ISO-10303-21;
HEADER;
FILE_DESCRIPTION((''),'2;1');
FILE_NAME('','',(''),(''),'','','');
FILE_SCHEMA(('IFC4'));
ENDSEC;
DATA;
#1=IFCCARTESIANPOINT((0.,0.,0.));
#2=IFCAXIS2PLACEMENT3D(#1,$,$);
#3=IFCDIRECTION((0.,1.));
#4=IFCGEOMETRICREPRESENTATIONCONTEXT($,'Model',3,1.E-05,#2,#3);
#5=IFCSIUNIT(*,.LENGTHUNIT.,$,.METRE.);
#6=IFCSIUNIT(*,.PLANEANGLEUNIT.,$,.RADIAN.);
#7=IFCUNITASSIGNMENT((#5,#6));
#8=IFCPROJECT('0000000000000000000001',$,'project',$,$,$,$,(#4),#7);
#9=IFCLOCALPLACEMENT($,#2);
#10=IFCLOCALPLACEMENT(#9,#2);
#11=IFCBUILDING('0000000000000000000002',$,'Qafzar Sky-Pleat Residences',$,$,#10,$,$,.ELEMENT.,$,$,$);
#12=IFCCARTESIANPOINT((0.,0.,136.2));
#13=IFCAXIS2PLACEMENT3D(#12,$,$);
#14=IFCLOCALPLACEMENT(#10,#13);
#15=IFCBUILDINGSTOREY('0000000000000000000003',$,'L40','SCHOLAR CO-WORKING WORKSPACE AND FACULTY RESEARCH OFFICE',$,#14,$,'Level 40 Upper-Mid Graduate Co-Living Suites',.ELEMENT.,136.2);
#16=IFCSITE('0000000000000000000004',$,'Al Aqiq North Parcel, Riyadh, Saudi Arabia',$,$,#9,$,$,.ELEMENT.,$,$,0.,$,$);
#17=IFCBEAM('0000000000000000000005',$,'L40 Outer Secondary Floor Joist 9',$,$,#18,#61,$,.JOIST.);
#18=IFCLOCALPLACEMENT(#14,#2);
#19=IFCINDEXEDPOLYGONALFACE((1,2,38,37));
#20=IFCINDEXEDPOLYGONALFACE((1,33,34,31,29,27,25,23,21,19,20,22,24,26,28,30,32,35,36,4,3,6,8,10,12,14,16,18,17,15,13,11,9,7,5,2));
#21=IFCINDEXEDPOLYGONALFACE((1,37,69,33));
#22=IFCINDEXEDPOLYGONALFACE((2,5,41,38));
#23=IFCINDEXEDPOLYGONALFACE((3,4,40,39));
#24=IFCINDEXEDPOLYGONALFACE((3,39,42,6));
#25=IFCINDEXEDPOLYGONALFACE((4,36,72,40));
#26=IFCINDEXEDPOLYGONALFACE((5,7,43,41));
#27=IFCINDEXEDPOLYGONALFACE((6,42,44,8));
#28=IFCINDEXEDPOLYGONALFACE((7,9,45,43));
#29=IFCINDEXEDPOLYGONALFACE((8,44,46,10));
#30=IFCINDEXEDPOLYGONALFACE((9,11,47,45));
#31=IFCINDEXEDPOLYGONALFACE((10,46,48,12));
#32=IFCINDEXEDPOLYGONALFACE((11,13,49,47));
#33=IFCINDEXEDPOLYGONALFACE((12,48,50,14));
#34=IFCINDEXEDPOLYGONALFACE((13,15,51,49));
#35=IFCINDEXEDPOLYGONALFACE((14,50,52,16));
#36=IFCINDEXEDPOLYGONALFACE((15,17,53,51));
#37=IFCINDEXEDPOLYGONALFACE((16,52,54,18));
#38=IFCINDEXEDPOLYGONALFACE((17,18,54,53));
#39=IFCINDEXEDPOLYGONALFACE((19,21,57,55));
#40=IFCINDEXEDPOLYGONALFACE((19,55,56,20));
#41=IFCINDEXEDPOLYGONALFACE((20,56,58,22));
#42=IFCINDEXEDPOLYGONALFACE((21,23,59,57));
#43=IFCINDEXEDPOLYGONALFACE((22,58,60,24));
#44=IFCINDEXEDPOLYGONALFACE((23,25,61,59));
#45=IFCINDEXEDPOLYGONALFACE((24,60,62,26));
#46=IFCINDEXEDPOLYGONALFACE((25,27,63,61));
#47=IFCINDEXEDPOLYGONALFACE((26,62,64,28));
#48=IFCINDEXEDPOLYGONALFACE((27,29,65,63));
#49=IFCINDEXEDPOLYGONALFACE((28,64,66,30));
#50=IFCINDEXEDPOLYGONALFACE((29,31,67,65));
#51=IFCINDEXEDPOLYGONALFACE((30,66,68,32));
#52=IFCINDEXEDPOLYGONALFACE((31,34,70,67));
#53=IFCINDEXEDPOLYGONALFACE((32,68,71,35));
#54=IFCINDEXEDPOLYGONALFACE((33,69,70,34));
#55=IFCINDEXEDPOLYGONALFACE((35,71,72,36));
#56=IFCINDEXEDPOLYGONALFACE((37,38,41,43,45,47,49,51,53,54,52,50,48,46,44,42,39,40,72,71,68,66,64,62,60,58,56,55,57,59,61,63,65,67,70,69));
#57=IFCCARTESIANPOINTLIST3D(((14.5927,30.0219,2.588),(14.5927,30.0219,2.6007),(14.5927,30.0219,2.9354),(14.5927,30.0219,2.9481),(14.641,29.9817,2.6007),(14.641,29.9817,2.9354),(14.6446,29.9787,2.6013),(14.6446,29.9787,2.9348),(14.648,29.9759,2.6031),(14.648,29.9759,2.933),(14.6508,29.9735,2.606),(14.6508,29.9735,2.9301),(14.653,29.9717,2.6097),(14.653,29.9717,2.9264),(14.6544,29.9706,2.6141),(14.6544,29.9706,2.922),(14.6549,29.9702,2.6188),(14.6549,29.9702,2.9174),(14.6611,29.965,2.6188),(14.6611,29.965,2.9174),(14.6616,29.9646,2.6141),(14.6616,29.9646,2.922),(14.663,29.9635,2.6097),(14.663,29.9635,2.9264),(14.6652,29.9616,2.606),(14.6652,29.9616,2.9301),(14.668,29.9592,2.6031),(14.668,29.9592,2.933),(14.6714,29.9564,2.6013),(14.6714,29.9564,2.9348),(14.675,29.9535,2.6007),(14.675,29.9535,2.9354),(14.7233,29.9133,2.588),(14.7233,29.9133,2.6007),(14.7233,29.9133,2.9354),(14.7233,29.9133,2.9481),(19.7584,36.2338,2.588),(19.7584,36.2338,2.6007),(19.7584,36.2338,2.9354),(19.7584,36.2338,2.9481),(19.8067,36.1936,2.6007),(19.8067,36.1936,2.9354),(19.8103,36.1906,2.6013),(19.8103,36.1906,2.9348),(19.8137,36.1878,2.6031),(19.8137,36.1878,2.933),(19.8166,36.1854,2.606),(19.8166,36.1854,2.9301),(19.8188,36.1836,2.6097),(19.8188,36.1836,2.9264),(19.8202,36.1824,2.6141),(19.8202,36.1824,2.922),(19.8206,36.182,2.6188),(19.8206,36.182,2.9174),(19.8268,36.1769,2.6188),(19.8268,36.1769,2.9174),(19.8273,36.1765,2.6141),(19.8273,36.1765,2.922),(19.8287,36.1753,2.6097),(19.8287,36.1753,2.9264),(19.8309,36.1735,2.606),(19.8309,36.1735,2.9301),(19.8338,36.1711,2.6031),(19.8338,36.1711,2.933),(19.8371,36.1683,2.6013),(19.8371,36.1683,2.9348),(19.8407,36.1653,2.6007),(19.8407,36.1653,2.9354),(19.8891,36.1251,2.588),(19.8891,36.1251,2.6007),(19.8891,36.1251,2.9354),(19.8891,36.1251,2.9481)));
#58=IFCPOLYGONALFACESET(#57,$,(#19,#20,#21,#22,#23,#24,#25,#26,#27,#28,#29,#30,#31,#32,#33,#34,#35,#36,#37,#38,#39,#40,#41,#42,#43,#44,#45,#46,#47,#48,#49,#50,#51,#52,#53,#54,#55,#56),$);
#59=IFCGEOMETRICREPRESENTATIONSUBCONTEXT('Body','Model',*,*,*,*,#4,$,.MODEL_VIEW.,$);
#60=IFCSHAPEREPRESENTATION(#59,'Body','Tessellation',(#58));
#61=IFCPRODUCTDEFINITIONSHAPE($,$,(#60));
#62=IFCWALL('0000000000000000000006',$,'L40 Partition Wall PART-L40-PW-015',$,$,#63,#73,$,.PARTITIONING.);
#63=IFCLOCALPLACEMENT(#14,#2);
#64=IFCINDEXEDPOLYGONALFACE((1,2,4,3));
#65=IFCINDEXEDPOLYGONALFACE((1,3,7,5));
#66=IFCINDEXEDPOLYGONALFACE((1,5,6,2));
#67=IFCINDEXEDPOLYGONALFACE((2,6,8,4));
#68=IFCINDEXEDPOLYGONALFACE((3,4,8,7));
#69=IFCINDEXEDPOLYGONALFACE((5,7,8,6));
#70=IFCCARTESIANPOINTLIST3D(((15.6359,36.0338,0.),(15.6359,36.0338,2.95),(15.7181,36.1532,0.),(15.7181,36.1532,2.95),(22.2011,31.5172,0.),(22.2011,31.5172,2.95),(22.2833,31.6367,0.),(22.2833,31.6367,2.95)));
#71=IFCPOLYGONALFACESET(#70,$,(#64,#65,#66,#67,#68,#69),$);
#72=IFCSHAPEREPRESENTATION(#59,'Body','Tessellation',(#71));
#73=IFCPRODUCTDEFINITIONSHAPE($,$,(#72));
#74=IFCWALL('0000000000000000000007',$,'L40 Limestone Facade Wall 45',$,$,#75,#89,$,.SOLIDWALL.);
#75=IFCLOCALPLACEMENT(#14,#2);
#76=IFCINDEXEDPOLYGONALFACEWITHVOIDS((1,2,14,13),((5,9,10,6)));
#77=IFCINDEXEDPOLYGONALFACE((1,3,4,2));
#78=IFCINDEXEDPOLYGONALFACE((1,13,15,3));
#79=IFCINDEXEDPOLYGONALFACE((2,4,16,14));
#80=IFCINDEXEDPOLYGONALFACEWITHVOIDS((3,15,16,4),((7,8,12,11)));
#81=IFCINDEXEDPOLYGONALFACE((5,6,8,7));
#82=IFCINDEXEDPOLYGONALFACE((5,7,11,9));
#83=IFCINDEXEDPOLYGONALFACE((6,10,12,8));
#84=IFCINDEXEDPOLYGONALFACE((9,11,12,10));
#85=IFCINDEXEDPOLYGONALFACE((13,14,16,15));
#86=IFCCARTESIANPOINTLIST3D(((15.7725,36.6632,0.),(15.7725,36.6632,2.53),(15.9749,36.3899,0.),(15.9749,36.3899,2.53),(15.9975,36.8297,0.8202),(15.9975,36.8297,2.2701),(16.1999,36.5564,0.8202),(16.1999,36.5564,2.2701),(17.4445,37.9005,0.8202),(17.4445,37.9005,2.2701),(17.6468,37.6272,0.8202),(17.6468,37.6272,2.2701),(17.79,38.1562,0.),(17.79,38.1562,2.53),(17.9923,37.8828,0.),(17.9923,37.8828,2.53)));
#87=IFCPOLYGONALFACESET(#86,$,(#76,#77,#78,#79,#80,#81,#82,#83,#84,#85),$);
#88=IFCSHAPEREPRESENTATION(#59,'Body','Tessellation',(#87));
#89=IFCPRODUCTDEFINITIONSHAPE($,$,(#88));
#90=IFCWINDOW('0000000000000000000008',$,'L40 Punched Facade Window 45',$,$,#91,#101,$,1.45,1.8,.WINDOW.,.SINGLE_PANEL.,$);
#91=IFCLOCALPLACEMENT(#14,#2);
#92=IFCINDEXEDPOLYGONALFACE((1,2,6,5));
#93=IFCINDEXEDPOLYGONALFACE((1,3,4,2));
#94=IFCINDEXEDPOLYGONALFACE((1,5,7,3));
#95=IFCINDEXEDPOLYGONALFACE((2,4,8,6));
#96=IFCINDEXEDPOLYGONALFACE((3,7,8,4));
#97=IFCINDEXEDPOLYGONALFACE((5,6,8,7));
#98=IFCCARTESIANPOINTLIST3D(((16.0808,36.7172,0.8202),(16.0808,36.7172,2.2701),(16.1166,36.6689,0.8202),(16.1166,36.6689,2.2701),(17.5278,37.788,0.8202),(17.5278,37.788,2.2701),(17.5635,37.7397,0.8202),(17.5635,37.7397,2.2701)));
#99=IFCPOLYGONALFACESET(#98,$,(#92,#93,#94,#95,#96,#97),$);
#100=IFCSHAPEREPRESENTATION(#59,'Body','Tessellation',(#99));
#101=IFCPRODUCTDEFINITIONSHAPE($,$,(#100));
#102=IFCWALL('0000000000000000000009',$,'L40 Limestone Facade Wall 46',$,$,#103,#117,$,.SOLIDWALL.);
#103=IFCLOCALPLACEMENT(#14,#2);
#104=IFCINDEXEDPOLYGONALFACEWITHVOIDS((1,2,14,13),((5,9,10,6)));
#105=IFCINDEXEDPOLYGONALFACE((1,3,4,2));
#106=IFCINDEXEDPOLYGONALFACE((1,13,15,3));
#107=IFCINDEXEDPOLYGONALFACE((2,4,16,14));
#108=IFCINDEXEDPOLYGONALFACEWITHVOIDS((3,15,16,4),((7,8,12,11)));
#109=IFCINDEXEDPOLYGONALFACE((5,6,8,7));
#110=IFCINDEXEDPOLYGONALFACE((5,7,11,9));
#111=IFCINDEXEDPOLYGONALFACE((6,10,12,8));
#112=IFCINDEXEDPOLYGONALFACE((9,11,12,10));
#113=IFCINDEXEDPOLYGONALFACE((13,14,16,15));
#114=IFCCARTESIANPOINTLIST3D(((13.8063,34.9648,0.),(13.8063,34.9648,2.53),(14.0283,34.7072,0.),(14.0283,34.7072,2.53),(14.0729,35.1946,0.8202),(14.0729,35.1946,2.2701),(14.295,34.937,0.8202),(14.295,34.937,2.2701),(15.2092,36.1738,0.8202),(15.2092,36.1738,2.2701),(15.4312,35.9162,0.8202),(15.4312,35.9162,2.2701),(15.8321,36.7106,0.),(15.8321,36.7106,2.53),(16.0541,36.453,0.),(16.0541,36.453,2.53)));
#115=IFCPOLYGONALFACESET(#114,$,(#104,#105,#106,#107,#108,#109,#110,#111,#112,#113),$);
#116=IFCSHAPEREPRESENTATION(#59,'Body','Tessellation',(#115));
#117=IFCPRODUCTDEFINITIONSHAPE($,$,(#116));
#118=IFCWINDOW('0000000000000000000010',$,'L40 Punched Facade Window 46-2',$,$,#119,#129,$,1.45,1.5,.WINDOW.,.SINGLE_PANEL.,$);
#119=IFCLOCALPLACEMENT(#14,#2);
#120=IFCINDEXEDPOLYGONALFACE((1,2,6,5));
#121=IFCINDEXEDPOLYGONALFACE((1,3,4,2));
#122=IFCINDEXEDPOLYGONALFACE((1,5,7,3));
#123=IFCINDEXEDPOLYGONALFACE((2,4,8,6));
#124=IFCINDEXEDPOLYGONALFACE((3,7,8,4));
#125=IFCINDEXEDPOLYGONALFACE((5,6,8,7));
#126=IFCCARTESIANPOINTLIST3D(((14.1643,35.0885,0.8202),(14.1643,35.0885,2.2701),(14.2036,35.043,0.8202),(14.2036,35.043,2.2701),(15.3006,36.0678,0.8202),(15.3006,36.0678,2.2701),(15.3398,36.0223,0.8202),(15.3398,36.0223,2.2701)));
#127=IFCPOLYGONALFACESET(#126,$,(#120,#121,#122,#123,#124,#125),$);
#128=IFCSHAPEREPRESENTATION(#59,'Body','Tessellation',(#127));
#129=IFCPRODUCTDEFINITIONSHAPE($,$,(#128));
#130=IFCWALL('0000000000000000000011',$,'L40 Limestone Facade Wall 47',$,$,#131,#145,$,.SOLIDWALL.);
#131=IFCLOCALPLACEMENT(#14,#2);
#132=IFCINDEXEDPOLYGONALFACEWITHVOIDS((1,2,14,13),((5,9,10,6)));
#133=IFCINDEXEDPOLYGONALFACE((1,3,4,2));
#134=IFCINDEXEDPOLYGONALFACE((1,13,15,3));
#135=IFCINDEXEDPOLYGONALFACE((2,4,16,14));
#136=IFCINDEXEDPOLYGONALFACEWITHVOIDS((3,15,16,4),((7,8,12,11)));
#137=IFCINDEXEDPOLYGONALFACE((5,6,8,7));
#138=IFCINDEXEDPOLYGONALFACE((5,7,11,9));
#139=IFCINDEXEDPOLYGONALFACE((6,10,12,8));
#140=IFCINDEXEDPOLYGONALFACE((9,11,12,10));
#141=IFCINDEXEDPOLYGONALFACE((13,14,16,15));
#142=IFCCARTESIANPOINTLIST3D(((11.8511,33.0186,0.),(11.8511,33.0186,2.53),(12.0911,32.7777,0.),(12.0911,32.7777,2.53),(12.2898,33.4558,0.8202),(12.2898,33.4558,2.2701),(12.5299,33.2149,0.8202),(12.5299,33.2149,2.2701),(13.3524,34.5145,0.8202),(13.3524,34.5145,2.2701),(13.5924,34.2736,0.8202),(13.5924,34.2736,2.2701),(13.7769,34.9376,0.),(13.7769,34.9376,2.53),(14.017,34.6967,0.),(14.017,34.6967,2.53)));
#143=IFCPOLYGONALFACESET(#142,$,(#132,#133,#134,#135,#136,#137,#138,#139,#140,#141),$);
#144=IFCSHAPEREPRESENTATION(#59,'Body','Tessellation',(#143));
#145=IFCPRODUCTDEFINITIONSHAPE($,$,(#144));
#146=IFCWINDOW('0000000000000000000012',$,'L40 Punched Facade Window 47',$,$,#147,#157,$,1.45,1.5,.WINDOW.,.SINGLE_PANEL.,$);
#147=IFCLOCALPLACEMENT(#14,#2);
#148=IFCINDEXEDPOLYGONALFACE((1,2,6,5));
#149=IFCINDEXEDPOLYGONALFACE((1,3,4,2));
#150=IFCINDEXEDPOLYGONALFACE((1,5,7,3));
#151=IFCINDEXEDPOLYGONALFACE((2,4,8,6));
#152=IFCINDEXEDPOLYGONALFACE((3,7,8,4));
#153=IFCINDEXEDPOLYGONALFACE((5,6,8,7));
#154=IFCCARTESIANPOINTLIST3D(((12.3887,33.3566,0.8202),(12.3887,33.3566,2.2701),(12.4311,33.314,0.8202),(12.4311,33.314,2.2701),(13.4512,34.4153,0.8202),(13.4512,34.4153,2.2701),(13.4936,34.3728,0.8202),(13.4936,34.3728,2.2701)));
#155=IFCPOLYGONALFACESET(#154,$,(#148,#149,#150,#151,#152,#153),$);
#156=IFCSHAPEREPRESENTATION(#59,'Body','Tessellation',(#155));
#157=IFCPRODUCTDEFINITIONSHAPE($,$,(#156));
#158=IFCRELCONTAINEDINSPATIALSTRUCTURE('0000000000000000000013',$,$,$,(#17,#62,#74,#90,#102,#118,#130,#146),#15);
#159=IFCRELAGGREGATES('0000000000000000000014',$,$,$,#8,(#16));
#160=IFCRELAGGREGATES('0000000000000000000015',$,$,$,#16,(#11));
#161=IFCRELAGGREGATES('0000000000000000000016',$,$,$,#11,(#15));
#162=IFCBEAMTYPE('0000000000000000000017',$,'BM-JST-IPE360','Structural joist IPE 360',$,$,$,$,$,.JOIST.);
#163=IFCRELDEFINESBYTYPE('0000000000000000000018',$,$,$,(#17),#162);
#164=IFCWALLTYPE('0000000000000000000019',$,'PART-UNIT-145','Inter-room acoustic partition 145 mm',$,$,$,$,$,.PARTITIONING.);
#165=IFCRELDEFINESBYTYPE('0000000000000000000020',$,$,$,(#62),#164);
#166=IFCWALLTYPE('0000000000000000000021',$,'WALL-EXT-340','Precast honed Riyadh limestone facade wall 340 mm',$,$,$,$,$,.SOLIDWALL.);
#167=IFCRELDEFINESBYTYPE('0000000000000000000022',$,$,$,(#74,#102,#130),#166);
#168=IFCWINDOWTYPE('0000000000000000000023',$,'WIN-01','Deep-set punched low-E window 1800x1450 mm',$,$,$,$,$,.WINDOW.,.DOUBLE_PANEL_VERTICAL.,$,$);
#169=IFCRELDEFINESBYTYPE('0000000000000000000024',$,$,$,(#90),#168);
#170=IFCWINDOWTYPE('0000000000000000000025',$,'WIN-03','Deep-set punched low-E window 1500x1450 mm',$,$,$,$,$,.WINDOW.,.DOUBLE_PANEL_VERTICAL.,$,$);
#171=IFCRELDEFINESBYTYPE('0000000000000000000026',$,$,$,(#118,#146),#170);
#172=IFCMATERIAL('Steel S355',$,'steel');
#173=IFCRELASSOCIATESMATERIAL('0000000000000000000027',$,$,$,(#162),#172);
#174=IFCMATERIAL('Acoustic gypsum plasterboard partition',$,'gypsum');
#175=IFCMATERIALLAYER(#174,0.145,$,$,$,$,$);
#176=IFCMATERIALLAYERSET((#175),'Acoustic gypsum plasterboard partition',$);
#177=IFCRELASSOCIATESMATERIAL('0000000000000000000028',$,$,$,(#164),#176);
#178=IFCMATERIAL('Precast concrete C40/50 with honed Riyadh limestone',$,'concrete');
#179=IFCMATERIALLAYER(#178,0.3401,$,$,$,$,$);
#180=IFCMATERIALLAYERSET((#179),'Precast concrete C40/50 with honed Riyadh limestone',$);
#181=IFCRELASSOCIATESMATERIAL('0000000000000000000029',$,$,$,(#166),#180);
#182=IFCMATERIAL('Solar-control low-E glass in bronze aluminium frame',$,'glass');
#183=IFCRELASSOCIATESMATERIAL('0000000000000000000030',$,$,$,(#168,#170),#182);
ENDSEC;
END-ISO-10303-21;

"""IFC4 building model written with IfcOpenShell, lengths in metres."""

from ifc_helpers import new_model, si_unit, direction, frame, frame_2d, origin, origin_2d, place, context, subcontext, project, spatial, rectangle, i_section, extrude, source, transform, mapped, material, layer, layer_set, material_profile, profile_set, type_object, element, fill, save


model = new_model("IFC4")

# Units and contexts
model_context = context("Model", 3, precision=1e-05, world=origin(), true_north=direction((0.0, 1.0)))
body_context = subcontext(model_context, "Body", "Model", "MODEL_VIEW")
ifc_project = project(units=[si_unit("LENGTHUNIT", "METRE"), si_unit("PLANEANGLEUNIT", "RADIAN")], contexts=[model_context])

# Site, building, storey
site_placement = place(None, origin())
site = spatial("IfcSite", under=ifc_project, at=site_placement, Name="Al Aqiq North Parcel, Riyadh, Saudi Arabia", CompositionType="ELEMENT", RefElevation=0.0)
building_placement = place(site_placement, origin())
building = spatial("IfcBuilding", under=site, at=building_placement, Name="Qafzar Sky-Pleat Residences", CompositionType="ELEMENT")
storey_placement = place(building_placement, frame((0.0, 0.0, 136.2)))
storey = spatial("IfcBuildingStorey", under=building, at=storey_placement, Name="L40", Description="SCHOLAR CO-WORKING WORKSPACE AND FACULTY RESEARCH OFFICE", LongName="Level 40 Upper-Mid Graduate Co-Living Suites", CompositionType="ELEMENT", Elevation=136.2)

# Shared definitions
ifc_material_1 = material(Name="Steel S355", Category="steel")

# Beam
ifc_material_profile_1 = material_profile(ifc_material_1, i_section(OverallWidth=0.1699, OverallDepth=0.3601, WebThickness=0.0081, FlangeThickness=0.0127, FilletRadius=0.0181, at=origin_2d()), Name="IPE 360")
ifc_profile_set_1 = profile_set([ifc_material_profile_1], Name="Steel S355")
beam_type_1 = type_object("IfcBeamType", Name="BM-JST-IPE360", Description="Structural joist IPE 360", PredefinedType="JOIST", material=ifc_profile_set_1)
shared_shape_1 = source(origin(), body_context, "Body", "SweptSolid", [
    extrude(i_section(OverallWidth=0.1699, OverallDepth=0.3601, WebThickness=0.0081, FlangeThickness=0.0127, FilletRadius=0.0181, at=origin_2d()), origin(), (0.0, 0.0, 1.0), 8.0791),
])
beam_1_placement = place(storey_placement, frame((19.8237, 36.1794, 2.7681), z_axis=(-0.639393, -0.76888, 0.0), x_axis=(0.76888, -0.639393, 0.0)))
element("IfcBeam", 1, at=beam_1_placement, inside=storey, type_object=beam_type_1, Name="L40 Outer Secondary Floor Joist 9", PredefinedType="JOIST", context=body_context, shape_type="MappedRepresentation", body=[
    mapped(shared_shape_1, transform((0.0, 0.0, 0.0), x_axis=(1.0, 0.0, 0.0), y_axis=(0.0, 1.0, 0.0), z_axis=(0.0, 0.0, 1.0), scale=1.0)),
])

# Wall
ifc_material_2 = material(Name="Acoustic gypsum plasterboard partition", Category="gypsum")
ifc_layer_1 = layer(ifc_material_2, 0.145)
ifc_layer_set_1 = layer_set([ifc_layer_1], Name="Acoustic gypsum plasterboard partition")
wall_type_1 = type_object("IfcWallType", Name="PART-UNIT-145", Description="Inter-room acoustic partition 145 mm", PredefinedType="PARTITIONING", material=ifc_layer_set_1)
wall_1_placement = place(storey_placement, frame((15.677, 36.0935, 0.0), z_axis=(0.0, 0.0, 1.0), x_axis=(0.823864, -0.566788, 0.0)))
element("IfcWall", 2, at=wall_1_placement, inside=storey, type_object=wall_type_1, Name="L40 Partition Wall PART-L40-PW-015", PredefinedType="PARTITIONING", context=body_context, shape_type="SweptSolid", body=[
    extrude(rectangle(XDim=7.9688, YDim=0.145, at=frame_2d((3.9844, 0.0))), origin(), (0.0, 0.0, 1.0), 2.95),
])

# Walls, openings, windows
ifc_material_3 = material(Name="Precast concrete C40/50 with honed Riyadh limestone", Category="concrete")
ifc_layer_2 = layer(ifc_material_3, 0.3401)
ifc_layer_set_2 = layer_set([ifc_layer_2], Name="Precast concrete C40/50 with honed Riyadh limestone")
wall_type_2 = type_object("IfcWallType", Name="WALL-EXT-340", Description="Precast honed Riyadh limestone facade wall 340 mm", PredefinedType="SOLIDWALL", material=ifc_layer_set_2)
wall_2_placement = place(storey_placement, frame((17.8911, 38.0195, 0.0), z_axis=(0.0, 0.0, 1.0), x_axis=(-0.803824, -0.594867, 0.0)))
wall_2 = element("IfcWall", 3, at=wall_2_placement, inside=storey, type_object=wall_type_2, Name="L40 Limestone Facade Wall 45", PredefinedType="SOLIDWALL", context=body_context, shape_type="SweptSolid", body=[
    extrude(rectangle(XDim=2.5098, YDim=0.3401, at=frame_2d((1.2549, 0.0))), origin(), (0.0, 0.0, 1.0), 2.53),
])
opening_1_placement = place(wall_2_placement, frame((0.4299, 0.0, 0.8201)))
opening_1 = element("IfcOpeningElement", 4, at=opening_1_placement, cuts=wall_2, PredefinedType="OPENING", context=body_context, shape_type="SweptSolid", body=[
    extrude(rectangle(XDim=1.8, YDim=1.45, at=frame_2d((0.8999, 0.7251))), frame((0.0, 0.1802, 0.0), z_axis=(0.0, -1.0, 0.0), x_axis=(1.0, 0.0, 0.0)), (0.0, 0.0, 1.0), 0.3601),
])
ifc_material_4 = material(Name="Solar-control low-E glass in bronze aluminium frame", Category="glass")
window_type_1 = type_object("IfcWindowType", Name="WIN-01", Description="Deep-set punched low-E window 1800x1450 mm", PartitioningType="DOUBLE_PANEL_VERTICAL", PredefinedType="WINDOW", material=ifc_material_4)
shared_shape_2 = source(origin(), body_context, "Body", "SweptSolid", [
    extrude(rectangle(XDim=1.8, YDim=1.45, at=frame_2d((0.8999, 0.7251))), frame((0.0, 0.03, 0.0), z_axis=(0.0, -1.0, 0.0), x_axis=(1.0, 0.0, 0.0)), (0.0, 0.0, 1.0), 0.0601),
])
window_1_placement = place(opening_1_placement, origin())
window_1 = element("IfcWindow", 5, at=window_1_placement, inside=storey, type_object=window_type_1, Name="L40 Punched Facade Window 45", OverallHeight=1.45, OverallWidth=1.8, PartitioningType="SINGLE_PANEL", PredefinedType="WINDOW", context=body_context, shape_type="MappedRepresentation", body=[
    mapped(shared_shape_2, transform((0.0, 0.0, 0.0), x_axis=(1.0, 0.0, 0.0), y_axis=(0.0, 1.0, 0.0), z_axis=(0.0, 0.0, 1.0), scale=1.0)),
])
fill(opening_1, window_1)
wall_3_placement = place(storey_placement, frame((15.9431, 36.5818, 0.0), z_axis=(0.0, 0.0, 1.0), x_axis=(-0.75752, -0.652811, 0.0)))
wall_3 = element("IfcWall", 6, at=wall_3_placement, inside=storey, type_object=wall_type_2, Name="L40 Limestone Facade Wall 46", PredefinedType="SOLIDWALL", context=body_context, shape_type="SweptSolid", body=[
    extrude(rectangle(XDim=2.6743, YDim=0.3401, at=frame_2d((1.3372, 0.0))), origin(), (0.0, 0.0, 1.0), 2.53),
])
opening_2_placement = place(wall_3_placement, frame((0.8223, 0.0, 0.8201)))
opening_2 = element("IfcOpeningElement", 7, at=opening_2_placement, cuts=wall_3, PredefinedType="OPENING", context=body_context, shape_type="SweptSolid", body=[
    extrude(rectangle(XDim=1.5, YDim=1.45, at=frame_2d((0.75, 0.7251))), frame((0.0, 0.1802, 0.0), z_axis=(0.0, -1.0, 0.0), x_axis=(1.0, 0.0, 0.0)), (0.0, 0.0, 1.0), 0.3601),
])
window_type_2 = type_object("IfcWindowType", Name="WIN-03", Description="Deep-set punched low-E window 1500x1450 mm", PartitioningType="DOUBLE_PANEL_VERTICAL", PredefinedType="WINDOW", material=ifc_material_4)
shared_shape_3 = source(origin(), body_context, "Body", "SweptSolid", [
    extrude(rectangle(XDim=1.5, YDim=1.45, at=frame_2d((0.75, 0.7251))), frame((0.0, 0.03, 0.0), z_axis=(0.0, -1.0, 0.0), x_axis=(1.0, 0.0, 0.0)), (0.0, 0.0, 1.0), 0.0601),
])
window_2_placement = place(opening_2_placement, origin())
window_2 = element("IfcWindow", 8, at=window_2_placement, inside=storey, type_object=window_type_2, Name="L40 Punched Facade Window 46-2", OverallHeight=1.45, OverallWidth=1.5, PartitioningType="SINGLE_PANEL", PredefinedType="WINDOW", context=body_context, shape_type="MappedRepresentation", body=[
    mapped(shared_shape_3, transform((0.0, 0.0, 0.0), x_axis=(1.0, 0.0, 0.0), y_axis=(0.0, 1.0, 0.0), z_axis=(0.0, 0.0, 1.0), scale=1.0)),
])
fill(opening_2, window_2)
wall_4_placement = place(storey_placement, frame((13.897, 34.8171, 0.0), z_axis=(0.0, 0.0, 1.0), x_axis=(-0.708363, -0.705848, 0.0)))
wall_4 = element("IfcWall", 9, at=wall_4_placement, inside=storey, type_object=wall_type_2, Name="L40 Limestone Facade Wall 47", PredefinedType="SOLIDWALL", context=body_context, shape_type="SweptSolid", body=[
    extrude(rectangle(XDim=2.7188, YDim=0.3401, at=frame_2d((1.3594, 0.0))), origin(), (0.0, 0.0, 1.0), 2.53),
])
opening_3_placement = place(wall_4_placement, frame((0.5994, 0.0, 0.8201)))
opening_3 = element("IfcOpeningElement", 10, at=opening_3_placement, cuts=wall_4, PredefinedType="OPENING", context=body_context, shape_type="SweptSolid", body=[
    extrude(rectangle(XDim=1.5, YDim=1.45, at=frame_2d((0.75, 0.7251))), frame((0.0, 0.1802, 0.0), z_axis=(0.0, -1.0, 0.0), x_axis=(1.0, 0.0, 0.0)), (0.0, 0.0, 1.0), 0.3601),
])
window_3_placement = place(opening_3_placement, origin())
window_3 = element("IfcWindow", 11, at=window_3_placement, inside=storey, type_object=window_type_2, Name="L40 Punched Facade Window 47", OverallHeight=1.45, OverallWidth=1.5, PartitioningType="SINGLE_PANEL", PredefinedType="WINDOW", context=body_context, shape_type="MappedRepresentation", body=[
    mapped(shared_shape_3, transform((0.0, 0.0, 0.0), x_axis=(1.0, 0.0, 0.0), y_axis=(0.0, 1.0, 0.0), z_axis=(0.0, 0.0, 1.0), scale=1.0)),
])
fill(opening_3, window_3)

save(model, "model.ifc")
